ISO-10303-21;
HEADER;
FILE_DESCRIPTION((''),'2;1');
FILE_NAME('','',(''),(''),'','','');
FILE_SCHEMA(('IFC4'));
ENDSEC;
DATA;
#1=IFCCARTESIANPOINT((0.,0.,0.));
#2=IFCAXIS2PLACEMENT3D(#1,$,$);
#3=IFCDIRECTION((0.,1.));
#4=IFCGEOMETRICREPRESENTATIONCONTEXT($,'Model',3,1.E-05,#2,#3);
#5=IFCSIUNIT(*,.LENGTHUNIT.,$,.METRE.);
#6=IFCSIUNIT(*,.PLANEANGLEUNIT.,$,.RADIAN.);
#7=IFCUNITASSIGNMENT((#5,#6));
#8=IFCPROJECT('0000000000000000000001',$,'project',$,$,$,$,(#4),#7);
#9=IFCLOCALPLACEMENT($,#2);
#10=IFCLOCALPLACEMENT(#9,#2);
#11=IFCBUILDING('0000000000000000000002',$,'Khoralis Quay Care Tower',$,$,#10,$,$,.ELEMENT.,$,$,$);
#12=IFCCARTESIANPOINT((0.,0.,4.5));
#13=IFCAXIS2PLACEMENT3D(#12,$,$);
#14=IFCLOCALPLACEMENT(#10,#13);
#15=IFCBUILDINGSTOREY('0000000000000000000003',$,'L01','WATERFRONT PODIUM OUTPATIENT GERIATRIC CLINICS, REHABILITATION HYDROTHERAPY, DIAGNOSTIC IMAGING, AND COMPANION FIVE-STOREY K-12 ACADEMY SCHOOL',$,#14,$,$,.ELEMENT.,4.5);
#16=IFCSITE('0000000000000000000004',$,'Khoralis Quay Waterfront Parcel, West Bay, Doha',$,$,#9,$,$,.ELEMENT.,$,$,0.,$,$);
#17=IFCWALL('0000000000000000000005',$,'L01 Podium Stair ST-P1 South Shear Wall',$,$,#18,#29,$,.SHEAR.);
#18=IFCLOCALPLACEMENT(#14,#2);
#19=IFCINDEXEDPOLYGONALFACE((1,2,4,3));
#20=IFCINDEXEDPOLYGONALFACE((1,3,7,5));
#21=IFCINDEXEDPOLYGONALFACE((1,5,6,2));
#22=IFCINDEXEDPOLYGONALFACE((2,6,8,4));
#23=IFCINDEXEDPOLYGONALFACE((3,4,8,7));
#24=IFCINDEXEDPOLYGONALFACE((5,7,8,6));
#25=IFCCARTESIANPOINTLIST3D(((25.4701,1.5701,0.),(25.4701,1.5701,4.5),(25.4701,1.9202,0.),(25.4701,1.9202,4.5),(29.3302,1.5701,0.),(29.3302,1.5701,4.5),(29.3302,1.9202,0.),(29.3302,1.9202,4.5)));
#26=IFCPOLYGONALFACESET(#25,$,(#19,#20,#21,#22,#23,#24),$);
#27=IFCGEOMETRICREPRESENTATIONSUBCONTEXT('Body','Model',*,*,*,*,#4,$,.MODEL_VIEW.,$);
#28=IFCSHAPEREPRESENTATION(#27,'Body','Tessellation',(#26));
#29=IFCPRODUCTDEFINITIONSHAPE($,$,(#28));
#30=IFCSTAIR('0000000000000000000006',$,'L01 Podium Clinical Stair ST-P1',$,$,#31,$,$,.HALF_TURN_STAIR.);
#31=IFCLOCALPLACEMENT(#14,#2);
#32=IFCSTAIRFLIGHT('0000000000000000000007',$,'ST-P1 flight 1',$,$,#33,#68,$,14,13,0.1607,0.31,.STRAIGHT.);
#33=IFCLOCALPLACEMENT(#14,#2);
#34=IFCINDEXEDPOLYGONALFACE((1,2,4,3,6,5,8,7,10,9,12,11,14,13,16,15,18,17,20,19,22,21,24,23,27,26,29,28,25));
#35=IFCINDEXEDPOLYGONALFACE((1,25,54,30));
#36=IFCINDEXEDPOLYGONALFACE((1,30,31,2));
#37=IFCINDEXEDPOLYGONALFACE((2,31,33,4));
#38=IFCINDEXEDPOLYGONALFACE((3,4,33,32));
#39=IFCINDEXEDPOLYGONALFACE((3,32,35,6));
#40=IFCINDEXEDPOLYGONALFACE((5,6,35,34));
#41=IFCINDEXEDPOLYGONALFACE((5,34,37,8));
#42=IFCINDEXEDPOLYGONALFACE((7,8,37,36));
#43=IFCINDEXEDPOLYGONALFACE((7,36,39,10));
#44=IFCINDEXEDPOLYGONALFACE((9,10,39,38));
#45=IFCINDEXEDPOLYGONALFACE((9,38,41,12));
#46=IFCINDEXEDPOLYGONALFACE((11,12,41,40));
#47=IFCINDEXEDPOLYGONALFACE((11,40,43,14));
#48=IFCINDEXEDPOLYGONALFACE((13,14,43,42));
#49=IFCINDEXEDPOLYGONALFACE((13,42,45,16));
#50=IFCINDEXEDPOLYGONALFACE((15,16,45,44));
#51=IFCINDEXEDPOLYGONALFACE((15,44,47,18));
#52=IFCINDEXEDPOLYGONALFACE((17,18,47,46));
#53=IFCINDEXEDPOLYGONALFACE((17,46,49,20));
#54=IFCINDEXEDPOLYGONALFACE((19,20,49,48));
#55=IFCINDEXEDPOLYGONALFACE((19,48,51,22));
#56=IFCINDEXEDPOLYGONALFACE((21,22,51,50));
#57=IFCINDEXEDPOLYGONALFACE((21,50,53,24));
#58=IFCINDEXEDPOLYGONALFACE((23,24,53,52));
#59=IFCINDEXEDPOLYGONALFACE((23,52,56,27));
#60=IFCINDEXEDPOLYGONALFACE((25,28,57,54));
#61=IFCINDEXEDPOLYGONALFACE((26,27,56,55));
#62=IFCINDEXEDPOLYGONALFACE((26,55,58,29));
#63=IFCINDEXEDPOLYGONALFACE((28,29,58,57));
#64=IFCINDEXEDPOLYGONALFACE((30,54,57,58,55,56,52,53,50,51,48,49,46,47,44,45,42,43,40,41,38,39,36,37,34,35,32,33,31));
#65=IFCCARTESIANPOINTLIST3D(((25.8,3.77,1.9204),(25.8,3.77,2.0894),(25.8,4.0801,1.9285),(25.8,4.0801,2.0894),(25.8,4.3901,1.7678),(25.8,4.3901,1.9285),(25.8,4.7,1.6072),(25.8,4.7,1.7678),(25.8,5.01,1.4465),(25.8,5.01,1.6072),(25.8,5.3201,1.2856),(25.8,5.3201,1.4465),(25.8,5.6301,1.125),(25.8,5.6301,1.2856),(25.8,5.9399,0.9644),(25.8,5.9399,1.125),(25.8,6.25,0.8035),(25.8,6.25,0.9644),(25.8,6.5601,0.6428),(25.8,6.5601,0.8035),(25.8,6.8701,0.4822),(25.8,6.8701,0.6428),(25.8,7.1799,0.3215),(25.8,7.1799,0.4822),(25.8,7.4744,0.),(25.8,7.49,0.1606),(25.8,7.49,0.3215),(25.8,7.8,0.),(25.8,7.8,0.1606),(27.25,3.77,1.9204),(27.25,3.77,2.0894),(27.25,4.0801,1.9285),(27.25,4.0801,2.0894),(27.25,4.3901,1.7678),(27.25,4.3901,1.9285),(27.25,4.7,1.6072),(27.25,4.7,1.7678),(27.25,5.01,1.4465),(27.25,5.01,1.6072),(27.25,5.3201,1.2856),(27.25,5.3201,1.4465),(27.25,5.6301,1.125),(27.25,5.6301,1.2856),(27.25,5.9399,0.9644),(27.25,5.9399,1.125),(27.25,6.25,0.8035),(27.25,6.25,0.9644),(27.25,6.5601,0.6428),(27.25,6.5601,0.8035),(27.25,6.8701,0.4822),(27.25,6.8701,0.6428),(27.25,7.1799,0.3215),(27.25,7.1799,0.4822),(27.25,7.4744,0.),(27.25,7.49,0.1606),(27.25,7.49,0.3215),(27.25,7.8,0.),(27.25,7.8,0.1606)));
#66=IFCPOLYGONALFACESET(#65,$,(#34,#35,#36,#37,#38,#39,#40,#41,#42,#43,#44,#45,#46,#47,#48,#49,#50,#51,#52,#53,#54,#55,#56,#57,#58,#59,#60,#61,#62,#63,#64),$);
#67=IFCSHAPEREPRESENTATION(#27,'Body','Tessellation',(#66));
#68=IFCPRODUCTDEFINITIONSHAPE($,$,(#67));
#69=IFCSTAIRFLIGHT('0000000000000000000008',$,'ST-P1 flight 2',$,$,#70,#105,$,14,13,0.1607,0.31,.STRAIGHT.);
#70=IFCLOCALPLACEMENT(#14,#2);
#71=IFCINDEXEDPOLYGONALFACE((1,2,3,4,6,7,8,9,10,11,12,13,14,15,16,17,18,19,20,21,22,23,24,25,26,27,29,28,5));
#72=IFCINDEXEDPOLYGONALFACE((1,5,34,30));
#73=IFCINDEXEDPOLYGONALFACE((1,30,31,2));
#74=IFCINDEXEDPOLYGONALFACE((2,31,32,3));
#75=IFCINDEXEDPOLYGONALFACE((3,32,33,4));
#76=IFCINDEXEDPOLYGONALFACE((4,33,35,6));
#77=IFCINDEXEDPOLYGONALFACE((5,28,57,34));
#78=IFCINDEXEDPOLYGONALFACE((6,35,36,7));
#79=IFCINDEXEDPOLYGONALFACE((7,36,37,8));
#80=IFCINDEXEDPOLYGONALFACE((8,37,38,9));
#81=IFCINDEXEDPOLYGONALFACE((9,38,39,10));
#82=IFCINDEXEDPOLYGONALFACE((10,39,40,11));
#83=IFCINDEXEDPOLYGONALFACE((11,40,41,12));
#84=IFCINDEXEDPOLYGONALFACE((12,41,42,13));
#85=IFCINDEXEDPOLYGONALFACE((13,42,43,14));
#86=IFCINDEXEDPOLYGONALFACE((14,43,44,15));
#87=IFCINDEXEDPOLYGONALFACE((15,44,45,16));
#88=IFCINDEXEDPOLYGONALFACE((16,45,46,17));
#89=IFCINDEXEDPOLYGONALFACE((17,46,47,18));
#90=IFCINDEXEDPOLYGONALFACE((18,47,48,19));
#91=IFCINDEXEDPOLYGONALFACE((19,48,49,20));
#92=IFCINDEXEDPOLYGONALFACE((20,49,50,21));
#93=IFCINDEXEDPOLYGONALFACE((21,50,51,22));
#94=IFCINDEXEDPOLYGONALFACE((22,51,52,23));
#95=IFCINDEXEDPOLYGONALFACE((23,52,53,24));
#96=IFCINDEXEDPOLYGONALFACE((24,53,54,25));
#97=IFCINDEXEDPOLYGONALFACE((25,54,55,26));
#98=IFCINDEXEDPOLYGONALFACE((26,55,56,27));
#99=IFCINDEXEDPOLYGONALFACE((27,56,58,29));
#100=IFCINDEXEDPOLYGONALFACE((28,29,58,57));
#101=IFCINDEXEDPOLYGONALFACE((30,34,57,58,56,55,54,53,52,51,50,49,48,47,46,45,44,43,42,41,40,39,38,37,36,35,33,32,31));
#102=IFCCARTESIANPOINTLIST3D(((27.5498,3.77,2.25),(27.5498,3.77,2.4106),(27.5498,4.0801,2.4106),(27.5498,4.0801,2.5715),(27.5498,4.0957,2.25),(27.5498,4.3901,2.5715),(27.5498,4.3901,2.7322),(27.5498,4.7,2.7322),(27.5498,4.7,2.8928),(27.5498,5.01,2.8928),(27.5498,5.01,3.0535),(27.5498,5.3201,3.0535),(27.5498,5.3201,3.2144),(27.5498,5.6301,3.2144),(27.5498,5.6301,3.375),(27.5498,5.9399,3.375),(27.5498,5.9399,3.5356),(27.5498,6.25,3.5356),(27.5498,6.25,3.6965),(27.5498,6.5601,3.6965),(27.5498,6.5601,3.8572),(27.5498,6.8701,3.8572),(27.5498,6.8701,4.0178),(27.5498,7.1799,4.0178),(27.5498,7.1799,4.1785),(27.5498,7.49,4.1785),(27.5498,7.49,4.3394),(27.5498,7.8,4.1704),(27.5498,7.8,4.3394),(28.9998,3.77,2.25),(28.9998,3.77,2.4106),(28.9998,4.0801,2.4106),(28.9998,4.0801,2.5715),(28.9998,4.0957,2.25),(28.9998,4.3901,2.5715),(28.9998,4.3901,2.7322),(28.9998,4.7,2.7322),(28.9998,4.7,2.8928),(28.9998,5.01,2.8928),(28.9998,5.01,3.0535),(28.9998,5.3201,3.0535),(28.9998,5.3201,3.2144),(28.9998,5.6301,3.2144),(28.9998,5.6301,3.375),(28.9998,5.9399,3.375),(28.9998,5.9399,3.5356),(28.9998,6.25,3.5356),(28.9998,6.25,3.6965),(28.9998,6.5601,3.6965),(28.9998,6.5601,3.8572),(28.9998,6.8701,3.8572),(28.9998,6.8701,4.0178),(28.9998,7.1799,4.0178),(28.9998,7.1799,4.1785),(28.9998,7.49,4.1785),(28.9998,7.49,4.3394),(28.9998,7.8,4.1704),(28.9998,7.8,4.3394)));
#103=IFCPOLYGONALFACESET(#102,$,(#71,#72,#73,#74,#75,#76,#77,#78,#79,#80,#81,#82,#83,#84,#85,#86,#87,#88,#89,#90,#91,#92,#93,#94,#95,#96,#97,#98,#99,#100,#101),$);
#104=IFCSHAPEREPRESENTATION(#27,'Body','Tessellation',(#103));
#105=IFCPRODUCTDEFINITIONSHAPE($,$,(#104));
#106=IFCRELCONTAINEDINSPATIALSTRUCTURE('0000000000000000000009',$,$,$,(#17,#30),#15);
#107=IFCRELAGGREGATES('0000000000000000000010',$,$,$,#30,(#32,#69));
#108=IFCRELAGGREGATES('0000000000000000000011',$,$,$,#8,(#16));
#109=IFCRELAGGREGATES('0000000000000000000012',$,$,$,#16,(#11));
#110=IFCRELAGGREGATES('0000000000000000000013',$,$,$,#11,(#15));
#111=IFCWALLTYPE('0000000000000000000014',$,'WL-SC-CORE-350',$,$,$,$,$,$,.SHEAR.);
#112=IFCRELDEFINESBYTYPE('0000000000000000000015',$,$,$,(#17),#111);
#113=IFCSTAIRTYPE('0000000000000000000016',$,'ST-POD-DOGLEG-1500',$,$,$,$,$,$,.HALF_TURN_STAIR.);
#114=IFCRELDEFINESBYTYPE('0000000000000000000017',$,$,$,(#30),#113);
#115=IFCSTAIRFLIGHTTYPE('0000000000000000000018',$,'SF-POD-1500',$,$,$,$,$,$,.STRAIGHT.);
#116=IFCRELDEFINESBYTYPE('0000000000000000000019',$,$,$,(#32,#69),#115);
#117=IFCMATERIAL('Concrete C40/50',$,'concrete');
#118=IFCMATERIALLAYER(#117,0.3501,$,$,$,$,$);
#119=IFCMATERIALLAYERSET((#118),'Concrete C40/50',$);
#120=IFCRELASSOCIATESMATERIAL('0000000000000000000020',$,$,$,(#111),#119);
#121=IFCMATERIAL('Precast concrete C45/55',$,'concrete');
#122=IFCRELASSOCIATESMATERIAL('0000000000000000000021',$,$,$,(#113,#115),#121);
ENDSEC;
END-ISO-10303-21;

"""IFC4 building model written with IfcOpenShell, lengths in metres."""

from ifc_helpers import new_model, si_unit, direction, frame, frame_2d, origin, place, context, subcontext, project, spatial, polyline, rectangle, outline, extrude, source, transform, mapped, material, layer, layer_set, type_object, element, aggregate, save


model = new_model("IFC4")

# Units and contexts
model_context = context("Model", 3, precision=1e-05, world=origin(), true_north=direction((0.0, 1.0)))
body_context = subcontext(model_context, "Body", "Model", "MODEL_VIEW")
ifc_project = project(units=[si_unit("LENGTHUNIT", "METRE"), si_unit("PLANEANGLEUNIT", "RADIAN")], contexts=[model_context])

# Site, building, storey
site_placement = place(None, origin())
site = spatial("IfcSite", under=ifc_project, at=site_placement, Name="Khoralis Quay Waterfront Parcel, West Bay, Doha", CompositionType="ELEMENT", RefElevation=0.0)
building_placement = place(site_placement, origin())
building = spatial("IfcBuilding", under=site, at=building_placement, Name="Khoralis Quay Care Tower", CompositionType="ELEMENT")
storey_placement = place(building_placement, frame((0.0, 0.0, 4.5)))
storey = spatial("IfcBuildingStorey", under=building, at=storey_placement, Name="L01", Description="WATERFRONT PODIUM OUTPATIENT GERIATRIC CLINICS, REHABILITATION HYDROTHERAPY, DIAGNOSTIC IMAGING, AND COMPANION FIVE-STOREY K-12 ACADEMY SCHOOL", CompositionType="ELEMENT", Elevation=4.5)

# Wall
ifc_material_1 = material(Name="Concrete C40/50", Category="concrete")
ifc_layer_1 = layer(ifc_material_1, 0.3501)
ifc_layer_set_1 = layer_set([ifc_layer_1], Name="Concrete C40/50")
wall_type_1 = type_object("IfcWallType", Name="WL-SC-CORE-350", PredefinedType="SHEAR", material=ifc_layer_set_1)
wall_1_placement = place(storey_placement, frame((25.47, 1.7451, 0.0), z_axis=(0.0, 0.0, 1.0), x_axis=(1.0, 0.0, 0.0)))
element("IfcWall", 1, at=wall_1_placement, inside=storey, type_object=wall_type_1, Name="L01 Podium Stair ST-P1 South Shear Wall", PredefinedType="SHEAR", context=body_context, shape_type="SweptSolid", body=[
    extrude(rectangle(XDim=3.8601, YDim=0.3501, at=frame_2d((1.9302, 0.0))), origin(), (0.0, 0.0, 1.0), 4.5),
])

# Stair, stair flights
ifc_material_2 = material(Name="Precast concrete C45/55", Category="concrete")
stair_type = type_object("IfcStairType", Name="ST-POD-DOGLEG-1500", PredefinedType="HALF_TURN_STAIR", material=ifc_material_2)
stair_placement = place(storey_placement, origin())
stair = element("IfcStair", 2, at=stair_placement, inside=storey, type_object=stair_type, Name="L01 Podium Clinical Stair ST-P1", PredefinedType="HALF_TURN_STAIR")
stair_flight_type = type_object("IfcStairFlightType", Name="SF-POD-1500", PredefinedType="STRAIGHT", material=ifc_material_2)
shared_shape_1 = source(origin(), body_context, "Body", "SweptSolid", [
    extrude(outline(polyline([(0.0, 0.0), (0.0, 0.1606), (0.3101, 0.1606), (0.3101, 0.3215), (0.6201, 0.3215), (0.6201, 0.4822), (0.9299, 0.4822), (0.9299, 0.6428), (1.24, 0.6428), (1.24, 0.8035), (1.55, 0.8035), (1.55, 0.9644), (1.8601, 0.9644), (1.8601, 1.125), (2.1699, 1.125), (2.1699, 1.2856), (2.48, 1.2856), (2.48, 1.4465), (2.79, 1.4465), (2.79, 1.6072), (3.1001, 1.6072), (3.1001, 1.7678), (3.4099, 1.7678), (3.4099, 1.9285), (3.72, 1.9285), (3.72, 2.0894), (4.03, 2.0894), (4.03, 2.25), (4.03, 1.9204), (0.3257, 0.0), (0.0, 0.0)])), frame((0.0, 0.7251, 0.0), z_axis=(0.0, -1.0, 0.0), x_axis=(1.0, 0.0, 0.0)), (0.0, 0.0, 1.0), 1.45),
])
stair_flight_1_placement = place(storey_placement, frame((26.5249, 7.8, 0.0), z_axis=(0.0, 0.0, 1.0), x_axis=(0.0, -1.0, 0.0)))
stair_flight_1 = element("IfcStairFlight", 3, at=stair_flight_1_placement, type_object=stair_flight_type, Name="ST-P1 flight 1", NumberOfRisers=14, NumberOfTreads=13, PredefinedType="STRAIGHT", RiserHeight=0.1607, TreadLength=0.31, context=body_context, shape_type="MappedRepresentation", body=[
    mapped(shared_shape_1, transform((0.0, 0.0, 0.0), scale=1.0)),
])
stair_flight_2_placement = place(storey_placement, frame((28.2749, 3.77, 2.25), z_axis=(0.0, 0.0, 1.0), x_axis=(0.0, 1.0, 0.0)))
stair_flight_2 = element("IfcStairFlight", 4, at=stair_flight_2_placement, type_object=stair_flight_type, Name="ST-P1 flight 2", NumberOfRisers=14, NumberOfTreads=13, PredefinedType="STRAIGHT", RiserHeight=0.1607, TreadLength=0.31, context=body_context, shape_type="MappedRepresentation", body=[
    mapped(shared_shape_1, transform((0.0, 0.0, 0.0), scale=1.0)),
])
aggregate(stair, [stair_flight_1, stair_flight_2])

save(model, "model.ifc")
